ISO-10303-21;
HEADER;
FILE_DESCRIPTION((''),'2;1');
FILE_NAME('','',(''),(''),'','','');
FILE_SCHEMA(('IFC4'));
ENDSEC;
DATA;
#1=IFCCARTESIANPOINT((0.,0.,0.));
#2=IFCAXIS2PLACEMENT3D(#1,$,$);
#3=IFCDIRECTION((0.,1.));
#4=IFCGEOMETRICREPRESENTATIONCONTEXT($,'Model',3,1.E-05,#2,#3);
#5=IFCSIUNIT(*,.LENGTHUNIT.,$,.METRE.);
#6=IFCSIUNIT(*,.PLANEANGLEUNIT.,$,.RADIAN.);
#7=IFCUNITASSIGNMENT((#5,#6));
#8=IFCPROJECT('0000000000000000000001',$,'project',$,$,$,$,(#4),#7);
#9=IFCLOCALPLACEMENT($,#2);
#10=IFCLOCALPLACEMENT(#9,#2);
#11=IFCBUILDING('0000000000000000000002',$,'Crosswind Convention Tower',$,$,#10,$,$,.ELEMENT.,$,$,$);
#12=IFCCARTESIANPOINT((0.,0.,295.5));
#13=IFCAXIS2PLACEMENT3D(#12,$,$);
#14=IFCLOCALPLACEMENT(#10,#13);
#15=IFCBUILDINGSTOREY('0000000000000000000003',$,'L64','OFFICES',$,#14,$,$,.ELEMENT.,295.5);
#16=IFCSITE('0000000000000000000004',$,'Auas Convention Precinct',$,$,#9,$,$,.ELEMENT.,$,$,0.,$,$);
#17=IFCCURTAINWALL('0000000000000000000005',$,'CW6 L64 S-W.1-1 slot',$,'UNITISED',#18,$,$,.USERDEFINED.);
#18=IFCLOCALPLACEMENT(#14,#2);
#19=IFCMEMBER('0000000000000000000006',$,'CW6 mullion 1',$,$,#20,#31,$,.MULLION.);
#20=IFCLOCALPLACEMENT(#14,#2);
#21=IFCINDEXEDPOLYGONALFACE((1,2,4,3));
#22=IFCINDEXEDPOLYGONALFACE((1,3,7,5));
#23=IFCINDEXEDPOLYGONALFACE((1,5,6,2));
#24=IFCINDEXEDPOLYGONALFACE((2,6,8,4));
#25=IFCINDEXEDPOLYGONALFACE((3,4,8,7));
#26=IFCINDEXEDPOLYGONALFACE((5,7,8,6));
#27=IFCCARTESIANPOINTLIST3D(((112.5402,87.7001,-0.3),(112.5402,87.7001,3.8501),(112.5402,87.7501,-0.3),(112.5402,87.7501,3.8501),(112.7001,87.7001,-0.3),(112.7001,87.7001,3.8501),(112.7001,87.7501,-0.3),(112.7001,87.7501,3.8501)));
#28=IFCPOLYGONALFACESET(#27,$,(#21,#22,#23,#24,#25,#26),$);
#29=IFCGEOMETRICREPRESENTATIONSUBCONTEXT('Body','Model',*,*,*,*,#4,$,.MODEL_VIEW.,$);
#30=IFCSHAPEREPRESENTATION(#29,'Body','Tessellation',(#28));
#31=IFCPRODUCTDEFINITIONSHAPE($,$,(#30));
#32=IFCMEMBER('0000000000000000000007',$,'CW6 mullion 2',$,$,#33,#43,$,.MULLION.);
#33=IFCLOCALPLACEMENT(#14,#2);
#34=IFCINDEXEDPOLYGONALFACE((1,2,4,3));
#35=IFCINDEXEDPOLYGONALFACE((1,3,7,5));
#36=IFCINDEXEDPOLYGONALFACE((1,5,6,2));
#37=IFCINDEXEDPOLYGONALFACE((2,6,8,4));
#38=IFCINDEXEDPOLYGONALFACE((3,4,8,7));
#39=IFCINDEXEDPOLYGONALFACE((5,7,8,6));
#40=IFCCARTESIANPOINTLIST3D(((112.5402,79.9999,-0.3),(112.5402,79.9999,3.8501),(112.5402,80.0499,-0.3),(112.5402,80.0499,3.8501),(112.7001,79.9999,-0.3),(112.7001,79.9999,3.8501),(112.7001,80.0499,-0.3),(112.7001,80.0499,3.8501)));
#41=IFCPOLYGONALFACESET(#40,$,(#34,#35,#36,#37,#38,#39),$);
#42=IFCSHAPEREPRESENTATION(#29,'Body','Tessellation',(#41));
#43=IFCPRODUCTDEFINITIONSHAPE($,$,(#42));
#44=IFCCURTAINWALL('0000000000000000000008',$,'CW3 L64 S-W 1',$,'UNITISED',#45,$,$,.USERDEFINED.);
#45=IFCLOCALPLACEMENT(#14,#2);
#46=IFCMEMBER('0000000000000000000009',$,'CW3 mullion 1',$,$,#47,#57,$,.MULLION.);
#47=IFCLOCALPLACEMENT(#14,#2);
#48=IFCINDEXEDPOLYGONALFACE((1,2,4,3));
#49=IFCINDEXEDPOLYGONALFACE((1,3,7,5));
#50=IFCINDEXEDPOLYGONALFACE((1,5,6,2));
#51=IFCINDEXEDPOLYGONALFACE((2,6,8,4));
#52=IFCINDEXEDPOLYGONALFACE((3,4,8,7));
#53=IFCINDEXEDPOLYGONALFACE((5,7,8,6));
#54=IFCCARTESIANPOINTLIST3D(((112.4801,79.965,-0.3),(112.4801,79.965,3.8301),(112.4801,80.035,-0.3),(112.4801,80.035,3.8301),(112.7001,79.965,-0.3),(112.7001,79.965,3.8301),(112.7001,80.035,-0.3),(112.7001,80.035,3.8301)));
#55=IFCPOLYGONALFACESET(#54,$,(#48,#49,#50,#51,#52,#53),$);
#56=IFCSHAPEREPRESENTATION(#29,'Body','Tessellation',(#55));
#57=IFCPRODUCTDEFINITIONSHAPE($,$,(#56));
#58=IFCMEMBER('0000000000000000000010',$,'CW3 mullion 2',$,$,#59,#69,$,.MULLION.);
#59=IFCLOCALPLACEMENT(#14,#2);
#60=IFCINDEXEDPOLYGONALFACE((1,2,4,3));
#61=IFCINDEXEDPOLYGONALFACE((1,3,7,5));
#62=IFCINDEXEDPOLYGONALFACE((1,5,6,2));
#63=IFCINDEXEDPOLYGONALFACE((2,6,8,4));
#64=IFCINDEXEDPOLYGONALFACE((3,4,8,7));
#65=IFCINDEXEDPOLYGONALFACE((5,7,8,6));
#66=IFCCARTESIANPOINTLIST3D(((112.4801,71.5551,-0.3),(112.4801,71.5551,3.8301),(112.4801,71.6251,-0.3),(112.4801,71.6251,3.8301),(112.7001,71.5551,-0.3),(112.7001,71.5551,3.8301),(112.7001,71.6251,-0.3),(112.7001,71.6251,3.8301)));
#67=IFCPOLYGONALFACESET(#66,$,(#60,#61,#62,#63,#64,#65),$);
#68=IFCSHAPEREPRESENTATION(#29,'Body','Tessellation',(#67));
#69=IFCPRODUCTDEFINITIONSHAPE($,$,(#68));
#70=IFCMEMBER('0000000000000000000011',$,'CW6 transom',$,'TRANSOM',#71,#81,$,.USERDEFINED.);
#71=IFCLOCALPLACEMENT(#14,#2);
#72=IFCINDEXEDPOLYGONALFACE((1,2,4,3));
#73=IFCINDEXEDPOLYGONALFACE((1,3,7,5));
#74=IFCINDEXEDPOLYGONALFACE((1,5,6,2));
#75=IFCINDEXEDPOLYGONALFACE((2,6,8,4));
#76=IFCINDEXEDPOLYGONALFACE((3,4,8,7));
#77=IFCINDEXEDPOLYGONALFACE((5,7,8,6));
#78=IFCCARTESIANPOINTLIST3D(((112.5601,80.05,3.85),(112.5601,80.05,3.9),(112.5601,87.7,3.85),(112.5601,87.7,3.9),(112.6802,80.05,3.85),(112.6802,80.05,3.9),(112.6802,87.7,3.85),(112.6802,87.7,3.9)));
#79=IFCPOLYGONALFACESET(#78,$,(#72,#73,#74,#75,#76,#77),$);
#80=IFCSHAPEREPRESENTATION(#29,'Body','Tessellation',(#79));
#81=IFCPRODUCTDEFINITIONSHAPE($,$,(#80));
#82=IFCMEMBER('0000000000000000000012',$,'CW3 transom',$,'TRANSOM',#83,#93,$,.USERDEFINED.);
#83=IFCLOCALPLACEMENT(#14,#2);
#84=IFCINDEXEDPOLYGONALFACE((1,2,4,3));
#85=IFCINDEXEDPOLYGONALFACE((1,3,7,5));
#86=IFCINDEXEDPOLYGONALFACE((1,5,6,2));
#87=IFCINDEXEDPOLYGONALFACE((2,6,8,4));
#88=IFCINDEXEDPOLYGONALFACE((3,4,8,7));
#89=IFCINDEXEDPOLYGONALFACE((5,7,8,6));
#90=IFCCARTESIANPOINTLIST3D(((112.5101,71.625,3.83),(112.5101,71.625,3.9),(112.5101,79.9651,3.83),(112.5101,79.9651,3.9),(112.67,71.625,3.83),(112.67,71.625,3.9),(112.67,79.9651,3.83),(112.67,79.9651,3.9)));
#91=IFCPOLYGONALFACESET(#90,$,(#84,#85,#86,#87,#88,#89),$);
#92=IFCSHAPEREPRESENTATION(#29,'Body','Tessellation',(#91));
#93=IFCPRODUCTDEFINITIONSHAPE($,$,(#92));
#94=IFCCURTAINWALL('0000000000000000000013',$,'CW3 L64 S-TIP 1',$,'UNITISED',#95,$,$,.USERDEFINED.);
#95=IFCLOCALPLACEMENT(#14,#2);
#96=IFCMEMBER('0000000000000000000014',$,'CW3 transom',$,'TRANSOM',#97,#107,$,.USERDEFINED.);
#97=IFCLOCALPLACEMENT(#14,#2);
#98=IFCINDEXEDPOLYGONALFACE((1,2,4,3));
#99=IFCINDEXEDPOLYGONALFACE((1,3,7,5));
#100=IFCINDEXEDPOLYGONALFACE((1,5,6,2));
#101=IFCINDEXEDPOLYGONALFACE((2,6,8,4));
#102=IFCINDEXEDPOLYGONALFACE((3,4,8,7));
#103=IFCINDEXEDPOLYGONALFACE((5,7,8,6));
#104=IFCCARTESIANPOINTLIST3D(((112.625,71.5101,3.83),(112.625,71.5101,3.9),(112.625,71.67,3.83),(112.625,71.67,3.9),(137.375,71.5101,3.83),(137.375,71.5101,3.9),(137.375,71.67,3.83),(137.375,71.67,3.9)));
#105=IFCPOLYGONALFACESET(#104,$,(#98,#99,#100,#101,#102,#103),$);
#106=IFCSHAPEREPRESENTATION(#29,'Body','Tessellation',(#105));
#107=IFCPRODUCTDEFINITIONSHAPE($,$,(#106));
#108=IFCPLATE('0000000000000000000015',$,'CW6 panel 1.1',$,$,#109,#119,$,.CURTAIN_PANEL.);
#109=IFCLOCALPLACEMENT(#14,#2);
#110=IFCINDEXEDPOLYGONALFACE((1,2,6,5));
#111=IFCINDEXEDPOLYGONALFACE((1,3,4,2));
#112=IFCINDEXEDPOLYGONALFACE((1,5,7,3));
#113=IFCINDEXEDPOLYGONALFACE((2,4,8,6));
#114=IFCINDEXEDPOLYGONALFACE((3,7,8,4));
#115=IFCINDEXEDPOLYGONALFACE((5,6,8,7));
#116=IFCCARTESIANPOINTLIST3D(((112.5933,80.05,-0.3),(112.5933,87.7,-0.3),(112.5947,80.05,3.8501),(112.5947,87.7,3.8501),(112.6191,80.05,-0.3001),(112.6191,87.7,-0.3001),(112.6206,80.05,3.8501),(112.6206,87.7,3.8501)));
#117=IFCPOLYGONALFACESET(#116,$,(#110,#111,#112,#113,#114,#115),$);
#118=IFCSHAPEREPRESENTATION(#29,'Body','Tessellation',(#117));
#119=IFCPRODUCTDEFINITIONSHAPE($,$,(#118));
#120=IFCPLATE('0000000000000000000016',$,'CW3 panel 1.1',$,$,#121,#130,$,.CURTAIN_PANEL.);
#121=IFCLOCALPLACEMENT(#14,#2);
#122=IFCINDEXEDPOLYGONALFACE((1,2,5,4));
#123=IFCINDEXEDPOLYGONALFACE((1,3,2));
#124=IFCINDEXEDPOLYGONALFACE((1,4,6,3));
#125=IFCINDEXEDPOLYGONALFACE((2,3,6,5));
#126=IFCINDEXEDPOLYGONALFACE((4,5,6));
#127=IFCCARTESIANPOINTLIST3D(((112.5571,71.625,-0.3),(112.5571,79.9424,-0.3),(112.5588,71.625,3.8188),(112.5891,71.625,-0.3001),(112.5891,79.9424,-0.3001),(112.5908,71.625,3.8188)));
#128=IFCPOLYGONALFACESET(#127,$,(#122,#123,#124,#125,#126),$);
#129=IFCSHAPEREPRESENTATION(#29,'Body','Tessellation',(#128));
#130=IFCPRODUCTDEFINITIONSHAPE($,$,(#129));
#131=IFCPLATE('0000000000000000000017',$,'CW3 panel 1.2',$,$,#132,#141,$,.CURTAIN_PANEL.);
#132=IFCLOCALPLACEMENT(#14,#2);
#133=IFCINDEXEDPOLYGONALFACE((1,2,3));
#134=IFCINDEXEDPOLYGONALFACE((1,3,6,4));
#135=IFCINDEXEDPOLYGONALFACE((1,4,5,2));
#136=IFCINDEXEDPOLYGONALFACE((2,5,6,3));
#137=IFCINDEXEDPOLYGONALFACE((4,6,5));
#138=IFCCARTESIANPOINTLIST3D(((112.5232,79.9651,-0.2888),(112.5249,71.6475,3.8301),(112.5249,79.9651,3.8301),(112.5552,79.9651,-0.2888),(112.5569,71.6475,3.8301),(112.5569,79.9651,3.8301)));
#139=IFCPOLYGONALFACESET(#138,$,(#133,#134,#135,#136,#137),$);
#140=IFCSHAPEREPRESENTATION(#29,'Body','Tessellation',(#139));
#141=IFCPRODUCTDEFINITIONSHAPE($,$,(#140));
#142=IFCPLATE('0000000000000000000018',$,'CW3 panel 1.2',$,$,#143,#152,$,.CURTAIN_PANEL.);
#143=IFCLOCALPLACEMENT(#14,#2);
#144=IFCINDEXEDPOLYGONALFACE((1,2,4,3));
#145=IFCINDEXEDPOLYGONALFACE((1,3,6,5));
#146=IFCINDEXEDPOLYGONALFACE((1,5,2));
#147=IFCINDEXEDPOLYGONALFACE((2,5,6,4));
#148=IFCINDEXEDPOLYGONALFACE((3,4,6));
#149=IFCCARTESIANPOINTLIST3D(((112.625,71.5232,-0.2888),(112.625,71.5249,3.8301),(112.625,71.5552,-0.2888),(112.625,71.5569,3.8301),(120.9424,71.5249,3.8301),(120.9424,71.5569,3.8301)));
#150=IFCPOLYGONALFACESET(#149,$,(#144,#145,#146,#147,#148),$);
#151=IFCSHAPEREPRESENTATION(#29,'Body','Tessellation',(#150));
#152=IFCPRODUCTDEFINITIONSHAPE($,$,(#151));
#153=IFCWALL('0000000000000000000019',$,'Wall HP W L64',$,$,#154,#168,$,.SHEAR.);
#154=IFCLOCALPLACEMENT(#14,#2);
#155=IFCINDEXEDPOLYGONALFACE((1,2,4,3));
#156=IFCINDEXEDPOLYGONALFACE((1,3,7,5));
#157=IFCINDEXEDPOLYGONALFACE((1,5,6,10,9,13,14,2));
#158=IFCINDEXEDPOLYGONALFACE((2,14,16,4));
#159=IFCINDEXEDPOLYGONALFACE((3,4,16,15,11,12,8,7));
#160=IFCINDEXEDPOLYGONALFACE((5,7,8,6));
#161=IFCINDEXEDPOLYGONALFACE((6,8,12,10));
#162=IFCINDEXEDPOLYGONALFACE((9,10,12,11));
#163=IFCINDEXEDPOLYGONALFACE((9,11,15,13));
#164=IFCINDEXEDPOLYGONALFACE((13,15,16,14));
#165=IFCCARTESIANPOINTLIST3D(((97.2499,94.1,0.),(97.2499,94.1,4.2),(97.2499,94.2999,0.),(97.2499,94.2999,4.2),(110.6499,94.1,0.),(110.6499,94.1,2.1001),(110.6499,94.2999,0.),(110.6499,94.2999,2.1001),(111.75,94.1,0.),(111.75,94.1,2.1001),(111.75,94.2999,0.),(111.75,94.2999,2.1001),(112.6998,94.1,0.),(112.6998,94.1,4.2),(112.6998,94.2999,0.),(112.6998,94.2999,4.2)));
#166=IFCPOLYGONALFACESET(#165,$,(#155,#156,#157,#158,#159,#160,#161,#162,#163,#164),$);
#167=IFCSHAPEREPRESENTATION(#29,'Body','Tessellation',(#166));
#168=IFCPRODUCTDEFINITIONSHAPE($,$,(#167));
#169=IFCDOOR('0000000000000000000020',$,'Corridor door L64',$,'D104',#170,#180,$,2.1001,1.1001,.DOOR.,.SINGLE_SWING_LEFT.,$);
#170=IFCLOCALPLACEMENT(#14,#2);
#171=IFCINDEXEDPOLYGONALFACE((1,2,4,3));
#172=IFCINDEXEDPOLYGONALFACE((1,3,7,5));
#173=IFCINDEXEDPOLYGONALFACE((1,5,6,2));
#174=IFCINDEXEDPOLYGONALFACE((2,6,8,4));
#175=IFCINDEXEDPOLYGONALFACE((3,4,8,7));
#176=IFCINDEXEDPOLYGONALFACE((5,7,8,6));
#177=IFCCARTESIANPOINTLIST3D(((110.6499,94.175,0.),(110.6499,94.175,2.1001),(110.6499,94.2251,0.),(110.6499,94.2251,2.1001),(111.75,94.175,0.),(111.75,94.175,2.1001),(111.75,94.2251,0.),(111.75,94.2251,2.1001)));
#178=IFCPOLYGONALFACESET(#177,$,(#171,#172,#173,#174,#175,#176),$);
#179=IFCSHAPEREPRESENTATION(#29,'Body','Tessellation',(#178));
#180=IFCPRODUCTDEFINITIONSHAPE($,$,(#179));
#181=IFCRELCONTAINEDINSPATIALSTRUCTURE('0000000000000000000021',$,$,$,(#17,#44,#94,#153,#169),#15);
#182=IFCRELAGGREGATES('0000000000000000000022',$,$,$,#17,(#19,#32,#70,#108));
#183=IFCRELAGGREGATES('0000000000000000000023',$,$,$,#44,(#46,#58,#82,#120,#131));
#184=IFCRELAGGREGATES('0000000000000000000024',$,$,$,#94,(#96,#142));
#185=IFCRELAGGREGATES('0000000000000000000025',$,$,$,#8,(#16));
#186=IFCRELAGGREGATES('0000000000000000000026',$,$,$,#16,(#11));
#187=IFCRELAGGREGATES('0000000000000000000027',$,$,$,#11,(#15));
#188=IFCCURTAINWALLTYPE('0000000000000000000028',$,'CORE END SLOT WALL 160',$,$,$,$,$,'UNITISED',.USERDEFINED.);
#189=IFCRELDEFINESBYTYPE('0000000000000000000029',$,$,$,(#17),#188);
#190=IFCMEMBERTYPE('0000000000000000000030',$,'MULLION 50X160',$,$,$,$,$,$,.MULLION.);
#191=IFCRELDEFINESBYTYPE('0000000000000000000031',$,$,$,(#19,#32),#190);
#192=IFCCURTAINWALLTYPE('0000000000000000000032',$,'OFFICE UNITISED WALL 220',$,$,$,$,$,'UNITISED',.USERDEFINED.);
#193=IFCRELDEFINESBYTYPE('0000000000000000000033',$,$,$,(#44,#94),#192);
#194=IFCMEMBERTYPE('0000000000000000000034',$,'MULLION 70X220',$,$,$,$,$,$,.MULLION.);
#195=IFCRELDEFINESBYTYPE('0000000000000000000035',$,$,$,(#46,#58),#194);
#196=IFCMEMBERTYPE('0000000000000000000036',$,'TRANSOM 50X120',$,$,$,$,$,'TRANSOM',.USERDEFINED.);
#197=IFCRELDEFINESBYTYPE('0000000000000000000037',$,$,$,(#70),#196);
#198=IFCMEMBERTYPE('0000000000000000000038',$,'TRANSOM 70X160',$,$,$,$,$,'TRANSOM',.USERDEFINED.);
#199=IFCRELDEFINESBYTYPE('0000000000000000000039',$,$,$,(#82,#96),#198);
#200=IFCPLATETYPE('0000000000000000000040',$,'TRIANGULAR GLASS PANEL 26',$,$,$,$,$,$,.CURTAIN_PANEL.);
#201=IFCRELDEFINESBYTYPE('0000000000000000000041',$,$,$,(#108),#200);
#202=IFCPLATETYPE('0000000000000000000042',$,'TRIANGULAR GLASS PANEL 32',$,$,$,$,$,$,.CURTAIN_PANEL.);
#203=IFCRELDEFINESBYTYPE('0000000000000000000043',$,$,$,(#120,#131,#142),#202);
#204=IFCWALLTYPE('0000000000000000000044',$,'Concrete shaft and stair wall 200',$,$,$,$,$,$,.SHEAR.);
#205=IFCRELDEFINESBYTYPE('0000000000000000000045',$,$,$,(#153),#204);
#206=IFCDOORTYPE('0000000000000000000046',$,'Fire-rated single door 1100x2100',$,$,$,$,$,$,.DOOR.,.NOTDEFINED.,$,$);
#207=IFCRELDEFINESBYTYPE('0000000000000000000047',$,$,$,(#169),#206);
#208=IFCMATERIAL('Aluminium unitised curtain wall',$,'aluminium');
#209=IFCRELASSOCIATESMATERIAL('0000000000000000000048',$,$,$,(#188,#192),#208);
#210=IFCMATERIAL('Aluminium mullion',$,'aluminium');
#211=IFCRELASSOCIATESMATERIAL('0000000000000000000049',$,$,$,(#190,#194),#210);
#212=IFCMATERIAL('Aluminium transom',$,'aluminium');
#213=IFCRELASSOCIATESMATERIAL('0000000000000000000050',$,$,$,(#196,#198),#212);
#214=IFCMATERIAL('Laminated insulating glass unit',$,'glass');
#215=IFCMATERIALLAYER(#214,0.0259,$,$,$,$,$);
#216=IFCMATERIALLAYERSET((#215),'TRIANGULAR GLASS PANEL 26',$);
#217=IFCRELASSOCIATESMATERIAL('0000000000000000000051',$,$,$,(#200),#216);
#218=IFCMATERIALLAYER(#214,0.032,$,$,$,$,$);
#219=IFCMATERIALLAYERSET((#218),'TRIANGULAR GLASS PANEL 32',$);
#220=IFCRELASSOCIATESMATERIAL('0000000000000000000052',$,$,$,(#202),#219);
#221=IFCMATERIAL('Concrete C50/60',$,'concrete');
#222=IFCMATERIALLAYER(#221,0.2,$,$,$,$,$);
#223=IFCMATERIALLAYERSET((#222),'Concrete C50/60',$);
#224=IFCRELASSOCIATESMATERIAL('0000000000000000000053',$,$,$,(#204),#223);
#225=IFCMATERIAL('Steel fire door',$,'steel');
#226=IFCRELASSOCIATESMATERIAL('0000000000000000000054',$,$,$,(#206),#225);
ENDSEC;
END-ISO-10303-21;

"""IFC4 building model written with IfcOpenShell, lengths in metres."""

from ifc_helpers import new_model, si_unit, direction, frame, frame_2d, origin, origin_2d, place, context, subcontext, project, spatial, polyline, rectangle, outline, extrude, material, layer, layer_set, material_profile, profile_set, type_object, element, fill, aggregate, save


model = new_model("IFC4")

# Units and contexts
model_context = context("Model", 3, precision=1e-05, world=origin(), true_north=direction((0.0, 1.0)))
body_context = subcontext(model_context, "Body", "Model", "MODEL_VIEW")
ifc_project = project(units=[si_unit("LENGTHUNIT", "METRE"), si_unit("PLANEANGLEUNIT", "RADIAN")], contexts=[model_context])

# Site, building, storey
site_placement = place(None, origin())
site = spatial("IfcSite", under=ifc_project, at=site_placement, Name="Auas Convention Precinct", CompositionType="ELEMENT", RefElevation=0.0)
building_placement = place(site_placement, origin())
building = spatial("IfcBuilding", under=site, at=building_placement, Name="Crosswind Convention Tower", CompositionType="ELEMENT")
storey_placement = place(building_placement, frame((0.0, 0.0, 295.5)))
storey = spatial("IfcBuildingStorey", under=building, at=storey_placement, Name="L64", Description="OFFICES", CompositionType="ELEMENT", Elevation=295.5)

# Curtain walls, members
ifc_material_1 = material(Name="Aluminium unitised curtain wall", Category="aluminium")
curtain_wall_type_1 = type_object("IfcCurtainWallType", Name="CORE END SLOT WALL 160", ElementType="UNITISED", PredefinedType="USERDEFINED", material=ifc_material_1)
curtain_wall_1_placement = place(storey_placement, origin())
curtain_wall_1 = element("IfcCurtainWall", 1, at=curtain_wall_1_placement, inside=storey, type_object=curtain_wall_type_1, Name="CW6 L64 S-W.1-1 slot", ObjectType="UNITISED", PredefinedType="USERDEFINED")
ifc_material_2 = material(Name="Aluminium mullion", Category="aluminium")
ifc_material_profile_1 = material_profile(ifc_material_2, rectangle(XDim=0.1599, YDim=0.05, at=origin_2d()), Name="AL 160X50")
ifc_profile_set_1 = profile_set([ifc_material_profile_1], Name="Aluminium mullion")
member_type_1 = type_object("IfcMemberType", Name="MULLION 50X160", PredefinedType="MULLION", material=ifc_profile_set_1)
member_1_placement = place(storey_placement, frame((112.6201, 87.7251, -0.3), z_axis=(0.0, 0.0, 1.0), x_axis=(-1.0, 0.0, 0.0)))
member_1 = element("IfcMember", 2, at=member_1_placement, type_object=member_type_1, Name="CW6 mullion 1", PredefinedType="MULLION", context=body_context, shape_type="SweptSolid", body=[
    extrude(rectangle(XDim=0.1599, YDim=0.05, at=origin_2d()), origin(), (0.0, 0.0, 1.0), 4.1501),
])
member_2_placement = place(storey_placement, frame((112.6201, 80.0249, -0.3), z_axis=(0.0, 0.0, 1.0), x_axis=(-1.0, 0.0, 0.0)))
member_2 = element("IfcMember", 3, at=member_2_placement, type_object=member_type_1, Name="CW6 mullion 2", PredefinedType="MULLION", context=body_context, shape_type="SweptSolid", body=[
    extrude(rectangle(XDim=0.1599, YDim=0.05, at=origin_2d()), origin(), (0.0, 0.0, 1.0), 4.1501),
])
curtain_wall_type_2 = type_object("IfcCurtainWallType", Name="OFFICE UNITISED WALL 220", ElementType="UNITISED", PredefinedType="USERDEFINED", material=ifc_material_1)
curtain_wall_2_placement = place(storey_placement, origin())
curtain_wall_2 = element("IfcCurtainWall", 4, at=curtain_wall_2_placement, inside=storey, type_object=curtain_wall_type_2, Name="CW3 L64 S-W 1", ObjectType="UNITISED", PredefinedType="USERDEFINED")
ifc_material_profile_2 = material_profile(ifc_material_2, rectangle(XDim=0.22, YDim=0.0701, at=origin_2d()), Name="AL 220X70")
ifc_profile_set_2 = profile_set([ifc_material_profile_2], Name="Aluminium mullion")
member_type_2 = type_object("IfcMemberType", Name="MULLION 70X220", PredefinedType="MULLION", material=ifc_profile_set_2)
member_3_placement = place(storey_placement, frame((112.5901, 80.0, -0.3), z_axis=(0.0, 0.0, 1.0), x_axis=(-1.0, 0.0, 0.0)))
member_3 = element("IfcMember", 5, at=member_3_placement, type_object=member_type_2, Name="CW3 mullion 1", PredefinedType="MULLION", context=body_context, shape_type="SweptSolid", body=[
    extrude(rectangle(XDim=0.22, YDim=0.0701, at=origin_2d()), origin(), (0.0, 0.0, 1.0), 4.1301),
])
member_4_placement = place(storey_placement, frame((112.5901, 71.5901, -0.3), z_axis=(0.0, 0.0, 1.0), x_axis=(-1.0, 0.0, 0.0)))
member_4 = element("IfcMember", 6, at=member_4_placement, type_object=member_type_2, Name="CW3 mullion 2", PredefinedType="MULLION", context=body_context, shape_type="SweptSolid", body=[
    extrude(rectangle(XDim=0.22, YDim=0.0701, at=origin_2d()), origin(), (0.0, 0.0, 1.0), 4.1301),
])

# Members
ifc_material_3 = material(Name="Aluminium transom", Category="aluminium")
ifc_material_profile_3 = material_profile(ifc_material_3, rectangle(XDim=0.1201, YDim=0.05, at=origin_2d()), Name="AL 120X50")
ifc_profile_set_3 = profile_set([ifc_material_profile_3], Name="Aluminium transom")
member_type_3 = type_object("IfcMemberType", Name="TRANSOM 50X120", ElementType="TRANSOM", PredefinedType="USERDEFINED", material=ifc_profile_set_3)
member_5_placement = place(storey_placement, frame((112.6201, 87.7, 3.875), z_axis=(0.0, -1.0, 0.0), x_axis=(1.0, 0.0, 0.0)))
member_5 = element("IfcMember", 7, at=member_5_placement, type_object=member_type_3, Name="CW6 transom", ObjectType="TRANSOM", PredefinedType="USERDEFINED", context=body_context, shape_type="SweptSolid", body=[
    extrude(rectangle(XDim=0.1201, YDim=0.05, at=origin_2d()), origin(), (0.0, 0.0, 1.0), 7.6499),
])
ifc_material_profile_4 = material_profile(ifc_material_3, rectangle(XDim=0.1599, YDim=0.0701, at=origin_2d()), Name="AL 160X70")
ifc_profile_set_4 = profile_set([ifc_material_profile_4], Name="Aluminium transom")
member_type_4 = type_object("IfcMemberType", Name="TRANSOM 70X160", ElementType="TRANSOM", PredefinedType="USERDEFINED", material=ifc_profile_set_4)
member_6_placement = place(storey_placement, frame((112.5901, 79.9651, 3.865), z_axis=(0.0, -1.0, 0.0), x_axis=(1.0, 0.0, 0.0)))
member_6 = element("IfcMember", 8, at=member_6_placement, type_object=member_type_4, Name="CW3 transom", ObjectType="TRANSOM", PredefinedType="USERDEFINED", context=body_context, shape_type="SweptSolid", body=[
    extrude(rectangle(XDim=0.1599, YDim=0.0701, at=origin_2d()), origin(), (0.0, 0.0, 1.0), 8.3401),
])

# Curtain wall, member
curtain_wall_3_placement = place(storey_placement, origin())
curtain_wall_3 = element("IfcCurtainWall", 9, at=curtain_wall_3_placement, inside=storey, type_object=curtain_wall_type_2, Name="CW3 L64 S-TIP 1", ObjectType="UNITISED", PredefinedType="USERDEFINED")
member_7_placement = place(storey_placement, frame((112.625, 71.5901, 3.865), z_axis=(1.0, 0.0, 0.0), x_axis=(0.0, 1.0, 0.0)))
member_7 = element("IfcMember", 10, at=member_7_placement, type_object=member_type_4, Name="CW3 transom", ObjectType="TRANSOM", PredefinedType="USERDEFINED", context=body_context, shape_type="SweptSolid", body=[
    extrude(rectangle(XDim=0.1599, YDim=0.0701, at=origin_2d()), origin(), (0.0, 0.0, 1.0), 24.75),
])

# Plates
ifc_material_4 = material(Name="Laminated insulating glass unit", Category="glass")
ifc_layer_1 = layer(ifc_material_4, 0.0259)
ifc_layer_set_1 = layer_set([ifc_layer_1], Name="TRIANGULAR GLASS PANEL 26")
plate_type_1 = type_object("IfcPlateType", Name="TRIANGULAR GLASS PANEL 26", PredefinedType="CURTAIN_PANEL", material=ifc_layer_set_1)
plate_1_placement = place(storey_placement, frame((112.5933, 87.7, -0.3), z_axis=(-1.0, 0.0, 0.000353), x_axis=(0.0, -1.0, 0.0)))
plate_1 = element("IfcPlate", 11, at=plate_1_placement, type_object=plate_type_1, Name="CW6 panel 1.1", PredefinedType="CURTAIN_PANEL", context=body_context, shape_type="SweptSolid", body=[
    extrude(outline(polyline([(0.0, 0.0), (7.6499, 0.0), (7.6499, 4.1501), (0.0, 4.1501), (0.0, 0.0)])), origin(), (0.0, 0.0, -1.0), 0.0259),
])
aggregate(curtain_wall_1, [member_1, member_2, member_5, plate_1])
ifc_layer_2 = layer(ifc_material_4, 0.032)
ifc_layer_set_2 = layer_set([ifc_layer_2], Name="TRIANGULAR GLASS PANEL 32")
plate_type_2 = type_object("IfcPlateType", Name="TRIANGULAR GLASS PANEL 32", PredefinedType="CURTAIN_PANEL", material=ifc_layer_set_2)
plate_2_placement = place(storey_placement, frame((112.5571, 71.625, -0.3), z_axis=(-1.0, 0.0, 0.000415), x_axis=(0.000415, 0.0, 1.0)))
plate_2 = element("IfcPlate", 12, at=plate_2_placement, type_object=plate_type_2, Name="CW3 panel 1.1", PredefinedType="CURTAIN_PANEL", context=body_context, shape_type="SweptSolid", body=[
    extrude(outline(polyline([(0.0, 0.0), (4.1189, 0.0), (0.0, 8.3174), (0.0, 0.0)])), origin(), (0.0, 0.0, -1.0), 0.032),
])
plate_3_placement = place(storey_placement, frame((112.5249, 79.9651, 3.8301), z_axis=(-1.0, 0.0, 0.000415), x_axis=(-0.000415, 0.0, -1.0)))
plate_3 = element("IfcPlate", 13, at=plate_3_placement, type_object=plate_type_2, Name="CW3 panel 1.2", PredefinedType="CURTAIN_PANEL", context=body_context, shape_type="SweptSolid", body=[
    extrude(outline(polyline([(0.0, 0.0), (4.1189, 0.0), (0.0, 8.3176), (0.0, 0.0)])), origin(), (0.0, 0.0, -1.0), 0.032),
])
plate_4_placement = place(storey_placement, frame((112.625, 71.5249, 3.8301), z_axis=(0.0, -1.0, 0.000415), x_axis=(0.0, -0.000415, -1.0)))
plate_4 = element("IfcPlate", 14, at=plate_4_placement, type_object=plate_type_2, Name="CW3 panel 1.2", PredefinedType="CURTAIN_PANEL", context=body_context, shape_type="SweptSolid", body=[
    extrude(outline(polyline([(0.0, 0.0), (4.1189, 0.0), (0.0, 8.3174), (0.0, 0.0)])), origin(), (0.0, 0.0, -1.0), 0.032),
])

# Wall, opening, door
ifc_material_5 = material(Name="Concrete C50/60", Category="concrete")
ifc_layer_3 = layer(ifc_material_5, 0.2)
ifc_layer_set_3 = layer_set([ifc_layer_3], Name="Concrete C50/60")
wall_type_1 = type_object("IfcWallType", Name="Concrete shaft and stair wall 200", PredefinedType="SHEAR", material=ifc_layer_set_3)
wall_1_placement = place(storey_placement, frame((112.7, 94.2, 0.0), z_axis=(0.0, 0.0, 1.0), x_axis=(-1.0, 0.0, 0.0)))
wall_1 = element("IfcWall", 15, at=wall_1_placement, inside=storey, type_object=wall_type_1, Name="Wall HP W L64", PredefinedType="SHEAR", context=body_context, shape_type="SweptSolid", body=[
    extrude(rectangle(XDim=15.45, YDim=0.2, at=frame_2d((7.7251, 0.0))), origin(), (0.0, 0.0, 1.0), 4.2),
])
opening_1_placement = place(wall_1_placement, frame((0.95, 0.0, 0.0)))
opening_1 = element("IfcOpeningElement", 16, at=opening_1_placement, cuts=wall_1, PredefinedType="OPENING", context=body_context, shape_type="SweptSolid", body=[
    extrude(rectangle(XDim=1.1001, YDim=2.1001, at=frame_2d((0.55, 1.05))), frame((0.0, 0.1099, 0.0), z_axis=(0.0, -1.0, 0.0), x_axis=(1.0, 0.0, 0.0)), (0.0, 0.0, 1.0), 0.22),
])
ifc_material_6 = material(Name="Steel fire door", Category="steel")
door_type_1 = type_object("IfcDoorType", Name="Fire-rated single door 1100x2100", OperationType="NOTDEFINED", PredefinedType="DOOR", material=ifc_material_6)
door_1_placement = place(opening_1_placement, origin())
door_1 = element("IfcDoor", 17, at=door_1_placement, inside=storey, type_object=door_type_1, Name="Corridor door L64", ObjectType="D104", OperationType="SINGLE_SWING_LEFT", OverallHeight=2.1001, OverallWidth=1.1001, PredefinedType="DOOR", context=body_context, shape_type="SweptSolid", body=[
    extrude(rectangle(XDim=1.1001, YDim=2.1001, at=frame_2d((0.55, 1.05))), frame((0.0, 0.0249, 0.0), z_axis=(0.0, -1.0, 0.0), x_axis=(1.0, 0.0, 0.0)), (0.0, 0.0, 1.0), 0.05),
])
fill(opening_1, door_1)

aggregate(curtain_wall_2, [member_3, member_4, member_6, plate_2, plate_3])
aggregate(curtain_wall_3, [member_7, plate_4])

save(model, "model.ifc")
